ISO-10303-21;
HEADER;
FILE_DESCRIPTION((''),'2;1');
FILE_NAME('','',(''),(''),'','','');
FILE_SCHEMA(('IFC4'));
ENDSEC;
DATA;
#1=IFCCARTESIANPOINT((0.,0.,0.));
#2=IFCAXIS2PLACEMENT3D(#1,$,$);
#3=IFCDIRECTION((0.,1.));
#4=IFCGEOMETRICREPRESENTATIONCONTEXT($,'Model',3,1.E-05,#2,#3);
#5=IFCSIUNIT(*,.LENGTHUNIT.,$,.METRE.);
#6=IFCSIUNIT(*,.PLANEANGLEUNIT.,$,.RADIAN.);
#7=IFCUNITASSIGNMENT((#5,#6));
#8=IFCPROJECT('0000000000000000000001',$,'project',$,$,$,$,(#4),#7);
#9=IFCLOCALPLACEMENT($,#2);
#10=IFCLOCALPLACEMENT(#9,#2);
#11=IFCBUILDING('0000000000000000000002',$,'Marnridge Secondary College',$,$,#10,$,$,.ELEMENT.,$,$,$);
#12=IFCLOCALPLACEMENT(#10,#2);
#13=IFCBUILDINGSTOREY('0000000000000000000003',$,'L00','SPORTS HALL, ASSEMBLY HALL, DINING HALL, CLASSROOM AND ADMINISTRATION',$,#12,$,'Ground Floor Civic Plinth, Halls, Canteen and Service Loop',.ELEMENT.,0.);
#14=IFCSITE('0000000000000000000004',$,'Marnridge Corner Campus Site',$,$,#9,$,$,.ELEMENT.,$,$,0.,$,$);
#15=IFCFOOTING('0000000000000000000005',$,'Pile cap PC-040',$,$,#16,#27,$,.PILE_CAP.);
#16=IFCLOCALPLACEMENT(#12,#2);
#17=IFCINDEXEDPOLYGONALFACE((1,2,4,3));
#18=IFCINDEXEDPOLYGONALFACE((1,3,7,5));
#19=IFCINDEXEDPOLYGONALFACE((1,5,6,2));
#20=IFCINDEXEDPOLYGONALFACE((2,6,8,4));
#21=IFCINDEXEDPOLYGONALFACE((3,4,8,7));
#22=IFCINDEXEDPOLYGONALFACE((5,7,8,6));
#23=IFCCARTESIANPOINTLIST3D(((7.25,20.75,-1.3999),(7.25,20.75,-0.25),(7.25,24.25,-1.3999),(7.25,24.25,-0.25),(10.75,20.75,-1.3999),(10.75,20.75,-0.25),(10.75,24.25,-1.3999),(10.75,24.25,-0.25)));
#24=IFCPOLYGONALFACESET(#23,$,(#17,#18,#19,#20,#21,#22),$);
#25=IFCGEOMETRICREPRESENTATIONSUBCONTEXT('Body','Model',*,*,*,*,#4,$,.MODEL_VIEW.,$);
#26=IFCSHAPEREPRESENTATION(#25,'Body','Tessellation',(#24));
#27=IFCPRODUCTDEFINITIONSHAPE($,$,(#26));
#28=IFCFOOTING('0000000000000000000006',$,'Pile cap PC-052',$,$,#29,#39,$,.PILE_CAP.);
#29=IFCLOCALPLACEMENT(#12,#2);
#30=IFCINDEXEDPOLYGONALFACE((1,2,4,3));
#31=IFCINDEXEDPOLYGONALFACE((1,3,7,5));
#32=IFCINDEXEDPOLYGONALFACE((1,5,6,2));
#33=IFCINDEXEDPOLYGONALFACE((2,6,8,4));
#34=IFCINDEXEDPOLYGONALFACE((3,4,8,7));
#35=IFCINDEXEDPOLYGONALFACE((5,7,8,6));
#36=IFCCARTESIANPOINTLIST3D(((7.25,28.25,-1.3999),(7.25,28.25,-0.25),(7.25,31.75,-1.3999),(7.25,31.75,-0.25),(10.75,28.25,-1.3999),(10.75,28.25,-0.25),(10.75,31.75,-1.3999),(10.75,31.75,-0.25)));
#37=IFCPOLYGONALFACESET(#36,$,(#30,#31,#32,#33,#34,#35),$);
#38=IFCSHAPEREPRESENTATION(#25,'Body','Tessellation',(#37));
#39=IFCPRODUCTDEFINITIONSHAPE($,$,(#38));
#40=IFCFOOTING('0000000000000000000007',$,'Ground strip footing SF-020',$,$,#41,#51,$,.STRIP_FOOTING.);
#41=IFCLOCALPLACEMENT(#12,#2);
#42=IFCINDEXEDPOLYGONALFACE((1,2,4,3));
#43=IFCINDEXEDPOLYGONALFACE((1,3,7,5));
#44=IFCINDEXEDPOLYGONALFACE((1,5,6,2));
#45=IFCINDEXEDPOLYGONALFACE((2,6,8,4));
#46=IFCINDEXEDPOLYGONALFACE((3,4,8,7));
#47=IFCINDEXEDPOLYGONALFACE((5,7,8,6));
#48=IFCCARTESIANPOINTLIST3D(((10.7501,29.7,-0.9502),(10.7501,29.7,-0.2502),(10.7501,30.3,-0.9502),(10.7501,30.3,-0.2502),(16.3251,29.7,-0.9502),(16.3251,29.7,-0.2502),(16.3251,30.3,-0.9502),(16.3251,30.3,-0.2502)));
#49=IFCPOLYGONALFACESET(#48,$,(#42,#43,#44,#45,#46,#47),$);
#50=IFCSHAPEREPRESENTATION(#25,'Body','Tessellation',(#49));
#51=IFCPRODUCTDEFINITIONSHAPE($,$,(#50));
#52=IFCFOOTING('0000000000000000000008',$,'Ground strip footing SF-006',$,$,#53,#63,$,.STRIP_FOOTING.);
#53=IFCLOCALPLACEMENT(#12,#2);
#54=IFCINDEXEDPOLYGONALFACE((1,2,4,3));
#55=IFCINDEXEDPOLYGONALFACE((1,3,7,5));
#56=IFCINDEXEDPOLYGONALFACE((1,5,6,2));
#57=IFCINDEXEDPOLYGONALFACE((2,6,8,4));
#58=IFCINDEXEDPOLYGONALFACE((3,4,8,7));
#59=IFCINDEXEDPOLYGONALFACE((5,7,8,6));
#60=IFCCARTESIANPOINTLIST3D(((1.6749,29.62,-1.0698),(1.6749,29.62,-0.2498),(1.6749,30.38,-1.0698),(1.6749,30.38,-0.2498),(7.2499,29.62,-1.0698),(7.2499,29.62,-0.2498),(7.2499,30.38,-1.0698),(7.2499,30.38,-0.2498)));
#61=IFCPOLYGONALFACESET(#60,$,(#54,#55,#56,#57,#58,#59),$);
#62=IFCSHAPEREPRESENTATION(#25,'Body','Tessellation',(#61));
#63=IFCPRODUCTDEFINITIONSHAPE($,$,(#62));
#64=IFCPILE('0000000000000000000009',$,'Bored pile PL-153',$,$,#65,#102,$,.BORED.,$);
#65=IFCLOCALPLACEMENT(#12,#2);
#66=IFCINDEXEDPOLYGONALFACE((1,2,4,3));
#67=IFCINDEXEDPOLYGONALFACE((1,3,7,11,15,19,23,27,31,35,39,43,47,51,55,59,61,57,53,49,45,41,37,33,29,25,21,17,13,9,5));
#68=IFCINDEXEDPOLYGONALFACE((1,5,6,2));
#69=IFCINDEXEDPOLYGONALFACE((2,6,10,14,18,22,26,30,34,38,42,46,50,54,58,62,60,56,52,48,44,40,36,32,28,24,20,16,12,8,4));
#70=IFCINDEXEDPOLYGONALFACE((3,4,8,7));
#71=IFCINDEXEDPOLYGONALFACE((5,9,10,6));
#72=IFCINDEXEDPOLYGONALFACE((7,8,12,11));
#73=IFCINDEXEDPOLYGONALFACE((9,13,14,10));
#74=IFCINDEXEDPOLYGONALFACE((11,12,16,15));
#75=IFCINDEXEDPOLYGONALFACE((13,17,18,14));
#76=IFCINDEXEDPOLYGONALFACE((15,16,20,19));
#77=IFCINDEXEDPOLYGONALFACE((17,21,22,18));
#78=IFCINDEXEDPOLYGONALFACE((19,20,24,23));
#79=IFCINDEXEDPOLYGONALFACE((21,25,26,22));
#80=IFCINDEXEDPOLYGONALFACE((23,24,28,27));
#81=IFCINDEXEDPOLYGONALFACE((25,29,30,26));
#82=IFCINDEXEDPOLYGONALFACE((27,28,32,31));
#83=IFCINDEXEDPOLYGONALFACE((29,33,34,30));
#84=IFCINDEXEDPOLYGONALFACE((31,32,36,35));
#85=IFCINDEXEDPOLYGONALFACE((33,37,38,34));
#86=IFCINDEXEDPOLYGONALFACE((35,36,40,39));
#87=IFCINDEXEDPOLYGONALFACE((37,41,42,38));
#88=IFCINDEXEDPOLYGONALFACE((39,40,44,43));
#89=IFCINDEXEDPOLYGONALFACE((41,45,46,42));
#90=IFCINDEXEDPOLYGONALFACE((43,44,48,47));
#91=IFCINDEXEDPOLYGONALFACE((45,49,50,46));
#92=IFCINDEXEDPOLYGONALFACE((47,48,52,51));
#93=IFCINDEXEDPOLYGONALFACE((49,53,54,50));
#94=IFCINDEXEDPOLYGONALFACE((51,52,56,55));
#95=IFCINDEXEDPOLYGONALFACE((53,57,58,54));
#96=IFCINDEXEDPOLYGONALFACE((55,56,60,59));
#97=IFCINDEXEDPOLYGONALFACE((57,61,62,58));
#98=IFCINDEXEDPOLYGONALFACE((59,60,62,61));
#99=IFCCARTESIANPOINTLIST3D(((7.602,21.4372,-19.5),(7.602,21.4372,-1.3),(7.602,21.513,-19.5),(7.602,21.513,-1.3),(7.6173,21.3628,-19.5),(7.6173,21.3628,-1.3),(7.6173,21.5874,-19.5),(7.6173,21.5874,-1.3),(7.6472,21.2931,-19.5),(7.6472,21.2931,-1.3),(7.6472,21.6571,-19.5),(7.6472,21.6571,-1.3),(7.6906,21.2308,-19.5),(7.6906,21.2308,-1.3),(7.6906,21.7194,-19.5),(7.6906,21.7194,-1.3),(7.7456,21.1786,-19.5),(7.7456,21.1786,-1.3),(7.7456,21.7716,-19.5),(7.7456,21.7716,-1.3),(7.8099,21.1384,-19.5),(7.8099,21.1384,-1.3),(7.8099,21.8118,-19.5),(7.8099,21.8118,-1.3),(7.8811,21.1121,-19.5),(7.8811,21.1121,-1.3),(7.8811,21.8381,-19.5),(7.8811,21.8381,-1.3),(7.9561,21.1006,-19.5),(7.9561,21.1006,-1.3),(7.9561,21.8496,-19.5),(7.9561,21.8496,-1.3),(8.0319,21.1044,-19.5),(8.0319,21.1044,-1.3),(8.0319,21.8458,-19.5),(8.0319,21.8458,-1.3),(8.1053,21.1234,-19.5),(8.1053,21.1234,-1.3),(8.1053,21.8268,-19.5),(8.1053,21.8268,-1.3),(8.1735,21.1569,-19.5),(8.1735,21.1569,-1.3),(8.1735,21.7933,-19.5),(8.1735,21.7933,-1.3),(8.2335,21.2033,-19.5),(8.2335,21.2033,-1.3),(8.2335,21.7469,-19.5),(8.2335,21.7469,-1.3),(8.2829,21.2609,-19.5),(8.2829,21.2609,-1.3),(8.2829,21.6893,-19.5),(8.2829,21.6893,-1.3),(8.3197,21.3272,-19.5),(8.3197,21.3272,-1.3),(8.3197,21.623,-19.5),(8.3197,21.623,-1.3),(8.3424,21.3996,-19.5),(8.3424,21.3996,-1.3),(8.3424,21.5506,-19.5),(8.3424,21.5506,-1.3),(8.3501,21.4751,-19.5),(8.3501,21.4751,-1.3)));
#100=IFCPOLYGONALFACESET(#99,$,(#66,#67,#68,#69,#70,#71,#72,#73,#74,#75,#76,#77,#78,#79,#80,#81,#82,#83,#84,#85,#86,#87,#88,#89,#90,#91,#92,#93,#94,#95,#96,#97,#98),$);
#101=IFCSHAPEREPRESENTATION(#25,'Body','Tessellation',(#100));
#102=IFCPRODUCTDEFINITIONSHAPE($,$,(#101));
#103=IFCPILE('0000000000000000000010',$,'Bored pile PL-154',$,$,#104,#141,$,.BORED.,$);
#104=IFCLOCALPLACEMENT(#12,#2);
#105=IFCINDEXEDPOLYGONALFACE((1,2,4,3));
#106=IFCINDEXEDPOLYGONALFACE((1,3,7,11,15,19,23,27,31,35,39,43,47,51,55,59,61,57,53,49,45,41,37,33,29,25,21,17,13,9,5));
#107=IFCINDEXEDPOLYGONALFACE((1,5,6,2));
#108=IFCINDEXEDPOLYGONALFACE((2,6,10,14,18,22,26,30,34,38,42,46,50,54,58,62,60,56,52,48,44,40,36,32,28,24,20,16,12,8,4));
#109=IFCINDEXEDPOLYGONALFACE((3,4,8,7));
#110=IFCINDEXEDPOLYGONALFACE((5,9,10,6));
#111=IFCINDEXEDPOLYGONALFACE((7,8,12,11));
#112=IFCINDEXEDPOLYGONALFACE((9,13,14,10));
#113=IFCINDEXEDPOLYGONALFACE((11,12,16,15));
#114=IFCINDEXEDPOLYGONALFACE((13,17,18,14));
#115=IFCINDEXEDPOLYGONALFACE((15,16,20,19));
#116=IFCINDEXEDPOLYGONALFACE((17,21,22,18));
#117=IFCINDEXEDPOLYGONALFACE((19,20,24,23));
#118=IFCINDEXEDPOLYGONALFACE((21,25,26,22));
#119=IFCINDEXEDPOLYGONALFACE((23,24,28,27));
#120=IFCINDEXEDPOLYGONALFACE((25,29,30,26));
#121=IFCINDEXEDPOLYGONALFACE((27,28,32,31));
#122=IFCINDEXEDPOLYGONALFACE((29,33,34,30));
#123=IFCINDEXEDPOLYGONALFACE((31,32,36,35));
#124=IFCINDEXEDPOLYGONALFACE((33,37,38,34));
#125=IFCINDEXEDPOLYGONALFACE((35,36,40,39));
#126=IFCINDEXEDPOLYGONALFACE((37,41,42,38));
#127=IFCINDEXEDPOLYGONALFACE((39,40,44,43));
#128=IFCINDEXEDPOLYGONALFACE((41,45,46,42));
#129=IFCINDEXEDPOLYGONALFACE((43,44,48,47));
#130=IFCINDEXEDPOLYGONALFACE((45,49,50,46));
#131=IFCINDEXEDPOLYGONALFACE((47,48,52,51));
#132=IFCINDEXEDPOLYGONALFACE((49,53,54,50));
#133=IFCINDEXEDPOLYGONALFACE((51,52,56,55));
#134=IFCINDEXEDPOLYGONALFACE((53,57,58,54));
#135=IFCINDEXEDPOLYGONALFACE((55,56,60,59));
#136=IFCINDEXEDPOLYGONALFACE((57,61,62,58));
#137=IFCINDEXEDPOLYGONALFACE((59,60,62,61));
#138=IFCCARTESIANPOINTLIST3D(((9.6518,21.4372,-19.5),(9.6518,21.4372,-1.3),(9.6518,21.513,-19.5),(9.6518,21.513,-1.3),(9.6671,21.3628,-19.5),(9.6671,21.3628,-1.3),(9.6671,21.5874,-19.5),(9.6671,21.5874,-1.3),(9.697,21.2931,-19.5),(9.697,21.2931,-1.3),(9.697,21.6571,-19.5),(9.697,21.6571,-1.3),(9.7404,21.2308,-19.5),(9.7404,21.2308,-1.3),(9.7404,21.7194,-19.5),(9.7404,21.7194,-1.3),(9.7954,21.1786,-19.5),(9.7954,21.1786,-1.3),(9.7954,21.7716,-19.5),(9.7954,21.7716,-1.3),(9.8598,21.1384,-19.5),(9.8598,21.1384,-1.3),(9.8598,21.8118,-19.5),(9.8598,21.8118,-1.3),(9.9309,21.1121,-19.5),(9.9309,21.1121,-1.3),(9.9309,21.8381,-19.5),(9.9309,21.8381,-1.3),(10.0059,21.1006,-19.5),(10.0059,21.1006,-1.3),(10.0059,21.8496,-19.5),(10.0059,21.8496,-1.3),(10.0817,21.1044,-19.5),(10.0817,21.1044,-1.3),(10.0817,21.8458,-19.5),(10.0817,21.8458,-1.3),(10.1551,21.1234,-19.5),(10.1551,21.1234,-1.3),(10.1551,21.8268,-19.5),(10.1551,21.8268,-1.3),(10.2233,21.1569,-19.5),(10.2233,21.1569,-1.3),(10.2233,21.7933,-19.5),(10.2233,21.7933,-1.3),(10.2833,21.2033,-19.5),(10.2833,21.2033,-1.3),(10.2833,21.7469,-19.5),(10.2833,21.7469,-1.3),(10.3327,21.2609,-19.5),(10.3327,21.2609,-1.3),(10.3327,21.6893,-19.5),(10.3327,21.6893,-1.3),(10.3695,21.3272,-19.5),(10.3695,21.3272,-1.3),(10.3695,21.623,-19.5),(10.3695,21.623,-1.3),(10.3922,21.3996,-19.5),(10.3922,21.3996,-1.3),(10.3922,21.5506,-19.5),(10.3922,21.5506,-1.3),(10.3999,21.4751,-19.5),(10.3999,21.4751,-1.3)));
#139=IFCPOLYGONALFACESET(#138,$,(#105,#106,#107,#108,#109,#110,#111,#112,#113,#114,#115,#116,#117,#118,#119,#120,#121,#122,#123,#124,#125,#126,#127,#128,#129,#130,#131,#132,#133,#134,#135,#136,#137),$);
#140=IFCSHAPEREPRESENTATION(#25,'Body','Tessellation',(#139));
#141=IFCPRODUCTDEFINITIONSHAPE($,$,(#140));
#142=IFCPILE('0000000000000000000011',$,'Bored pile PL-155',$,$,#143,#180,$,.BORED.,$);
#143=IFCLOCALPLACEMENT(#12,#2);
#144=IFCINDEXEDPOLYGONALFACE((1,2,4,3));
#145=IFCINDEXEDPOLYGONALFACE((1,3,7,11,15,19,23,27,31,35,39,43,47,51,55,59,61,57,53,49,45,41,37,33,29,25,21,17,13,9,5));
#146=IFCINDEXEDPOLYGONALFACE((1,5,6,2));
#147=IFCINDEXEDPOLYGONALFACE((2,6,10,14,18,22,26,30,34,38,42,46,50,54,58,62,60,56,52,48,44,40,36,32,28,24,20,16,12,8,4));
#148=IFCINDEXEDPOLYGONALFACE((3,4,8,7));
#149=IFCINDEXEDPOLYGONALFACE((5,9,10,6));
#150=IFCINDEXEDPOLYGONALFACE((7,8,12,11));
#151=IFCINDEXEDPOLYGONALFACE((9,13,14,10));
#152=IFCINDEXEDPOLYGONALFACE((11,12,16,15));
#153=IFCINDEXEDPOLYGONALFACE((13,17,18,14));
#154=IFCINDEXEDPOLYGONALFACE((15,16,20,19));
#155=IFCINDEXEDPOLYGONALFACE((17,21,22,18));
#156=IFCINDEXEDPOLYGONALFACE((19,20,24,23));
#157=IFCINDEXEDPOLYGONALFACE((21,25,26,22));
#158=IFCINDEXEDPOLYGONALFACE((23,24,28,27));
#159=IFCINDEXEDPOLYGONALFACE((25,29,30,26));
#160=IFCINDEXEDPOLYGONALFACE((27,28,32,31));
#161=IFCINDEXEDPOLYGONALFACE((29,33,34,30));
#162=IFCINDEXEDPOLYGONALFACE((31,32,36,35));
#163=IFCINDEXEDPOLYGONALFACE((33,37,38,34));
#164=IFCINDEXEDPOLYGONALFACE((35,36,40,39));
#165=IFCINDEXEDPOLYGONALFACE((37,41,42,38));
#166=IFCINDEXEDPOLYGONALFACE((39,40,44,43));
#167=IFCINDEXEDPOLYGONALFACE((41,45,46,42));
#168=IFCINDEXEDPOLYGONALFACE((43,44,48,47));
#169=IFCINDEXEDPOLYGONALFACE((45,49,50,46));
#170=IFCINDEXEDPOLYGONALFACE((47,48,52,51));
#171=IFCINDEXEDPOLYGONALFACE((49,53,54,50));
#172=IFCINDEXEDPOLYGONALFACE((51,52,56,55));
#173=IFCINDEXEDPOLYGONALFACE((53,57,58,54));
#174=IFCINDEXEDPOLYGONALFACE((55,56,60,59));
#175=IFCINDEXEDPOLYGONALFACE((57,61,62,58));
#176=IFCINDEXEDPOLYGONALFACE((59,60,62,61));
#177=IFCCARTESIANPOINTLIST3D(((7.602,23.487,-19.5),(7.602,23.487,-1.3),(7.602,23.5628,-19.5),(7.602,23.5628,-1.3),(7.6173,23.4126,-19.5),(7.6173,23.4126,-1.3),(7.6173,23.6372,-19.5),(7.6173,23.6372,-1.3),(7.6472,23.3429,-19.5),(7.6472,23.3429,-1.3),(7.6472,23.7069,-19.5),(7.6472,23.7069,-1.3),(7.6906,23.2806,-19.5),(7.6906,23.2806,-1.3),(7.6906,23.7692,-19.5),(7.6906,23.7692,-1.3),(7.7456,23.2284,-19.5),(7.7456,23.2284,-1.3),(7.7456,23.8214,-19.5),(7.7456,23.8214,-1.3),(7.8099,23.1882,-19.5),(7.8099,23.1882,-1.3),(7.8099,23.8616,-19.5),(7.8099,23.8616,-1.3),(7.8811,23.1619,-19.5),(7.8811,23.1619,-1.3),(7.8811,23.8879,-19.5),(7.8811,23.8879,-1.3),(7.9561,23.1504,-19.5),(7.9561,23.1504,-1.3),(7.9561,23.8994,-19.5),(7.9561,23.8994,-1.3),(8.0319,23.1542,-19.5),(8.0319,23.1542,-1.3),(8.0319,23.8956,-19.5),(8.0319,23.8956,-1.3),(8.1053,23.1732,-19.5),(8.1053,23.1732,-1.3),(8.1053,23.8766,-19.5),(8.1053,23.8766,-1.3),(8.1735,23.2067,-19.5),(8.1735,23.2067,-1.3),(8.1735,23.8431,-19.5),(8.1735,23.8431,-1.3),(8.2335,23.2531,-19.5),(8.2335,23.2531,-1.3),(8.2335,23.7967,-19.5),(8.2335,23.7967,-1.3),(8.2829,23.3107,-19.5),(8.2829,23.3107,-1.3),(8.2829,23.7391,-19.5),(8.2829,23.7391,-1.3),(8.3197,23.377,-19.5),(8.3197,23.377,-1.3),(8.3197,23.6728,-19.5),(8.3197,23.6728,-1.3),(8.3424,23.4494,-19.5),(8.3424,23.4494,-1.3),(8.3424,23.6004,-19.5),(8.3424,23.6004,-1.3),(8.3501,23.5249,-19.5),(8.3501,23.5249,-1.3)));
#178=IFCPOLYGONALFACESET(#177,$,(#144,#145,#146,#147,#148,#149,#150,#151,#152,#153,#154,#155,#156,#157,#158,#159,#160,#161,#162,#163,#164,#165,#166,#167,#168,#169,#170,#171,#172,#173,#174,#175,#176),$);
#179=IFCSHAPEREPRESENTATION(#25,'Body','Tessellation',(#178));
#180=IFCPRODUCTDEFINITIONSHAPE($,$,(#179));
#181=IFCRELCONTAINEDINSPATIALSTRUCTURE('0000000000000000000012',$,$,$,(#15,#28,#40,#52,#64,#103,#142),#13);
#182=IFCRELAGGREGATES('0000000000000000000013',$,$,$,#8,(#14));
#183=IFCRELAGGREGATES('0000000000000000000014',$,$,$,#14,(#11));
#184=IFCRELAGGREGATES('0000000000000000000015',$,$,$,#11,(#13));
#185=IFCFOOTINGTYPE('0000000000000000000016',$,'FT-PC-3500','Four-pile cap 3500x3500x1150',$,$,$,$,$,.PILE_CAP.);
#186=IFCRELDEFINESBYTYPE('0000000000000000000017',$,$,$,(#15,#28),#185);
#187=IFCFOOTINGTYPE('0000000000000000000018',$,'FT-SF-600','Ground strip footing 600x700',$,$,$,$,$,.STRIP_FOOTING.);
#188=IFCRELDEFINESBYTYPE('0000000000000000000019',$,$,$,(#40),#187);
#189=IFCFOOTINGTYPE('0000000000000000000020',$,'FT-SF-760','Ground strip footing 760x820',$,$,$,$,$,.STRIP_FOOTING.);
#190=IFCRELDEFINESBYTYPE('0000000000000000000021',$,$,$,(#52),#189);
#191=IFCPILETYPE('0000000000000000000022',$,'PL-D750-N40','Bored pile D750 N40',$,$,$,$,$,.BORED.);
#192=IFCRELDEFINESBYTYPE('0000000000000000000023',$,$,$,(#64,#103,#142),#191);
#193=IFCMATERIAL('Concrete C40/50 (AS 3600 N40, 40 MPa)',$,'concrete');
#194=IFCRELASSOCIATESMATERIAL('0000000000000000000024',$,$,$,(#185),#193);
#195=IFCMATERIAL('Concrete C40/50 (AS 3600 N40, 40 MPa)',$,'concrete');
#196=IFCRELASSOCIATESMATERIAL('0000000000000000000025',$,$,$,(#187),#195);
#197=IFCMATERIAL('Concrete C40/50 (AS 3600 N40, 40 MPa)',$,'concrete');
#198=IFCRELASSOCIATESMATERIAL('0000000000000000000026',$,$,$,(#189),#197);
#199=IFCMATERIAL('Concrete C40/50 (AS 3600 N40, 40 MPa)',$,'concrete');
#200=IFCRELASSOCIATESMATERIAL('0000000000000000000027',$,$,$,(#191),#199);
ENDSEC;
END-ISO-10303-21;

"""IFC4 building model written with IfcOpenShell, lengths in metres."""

from ifc_helpers import new_model, si_unit, direction, frame, origin, origin_2d, place, context, subcontext, project, spatial, rectangle, circle, extrude, material, material_profile, profile_set, type_object, element, save


model = new_model("IFC4")

# Units and contexts
model_context = context("Model", 3, precision=1e-05, world=origin(), true_north=direction((0.0, 1.0)))
body_context = subcontext(model_context, "Body", "Model", "MODEL_VIEW")
ifc_project = project(units=[si_unit("LENGTHUNIT", "METRE"), si_unit("PLANEANGLEUNIT", "RADIAN")], contexts=[model_context])

# Site, building, storey
site_placement = place(None, origin())
site = spatial("IfcSite", under=ifc_project, at=site_placement, Name="Marnridge Corner Campus Site", CompositionType="ELEMENT", RefElevation=0.0)
building_placement = place(site_placement, origin())
building = spatial("IfcBuilding", under=site, at=building_placement, Name="Marnridge Secondary College", CompositionType="ELEMENT")
storey_placement = place(building_placement, origin())
storey = spatial("IfcBuildingStorey", under=building, at=storey_placement, Name="L00", Description="SPORTS HALL, ASSEMBLY HALL, DINING HALL, CLASSROOM AND ADMINISTRATION", LongName="Ground Floor Civic Plinth, Halls, Canteen and Service Loop", CompositionType="ELEMENT", Elevation=0.0)

# Footings
ifc_material_1 = material(Name="Concrete C40/50 (AS 3600 N40, 40 MPa)", Category="concrete")
footing_type_1 = type_object("IfcFootingType", Name="FT-PC-3500", Description="Four-pile cap 3500x3500x1150", PredefinedType="PILE_CAP", material=ifc_material_1)
for number, where, z_axis, x_axis, name in (
    (1, (9.0, 22.5, -1.3999), (0.0, 0.0, 1.0), (1.0, 0.0, 0.0), "Pile cap PC-040"),
    (2, (9.0, 30.0, -1.3999), (0.0, 0.0, 1.0), (1.0, 0.0, 0.0), "Pile cap PC-052"),
):
    element("IfcFooting", number, at=place(storey_placement, frame(where, z_axis=z_axis, x_axis=x_axis)), inside=storey, type_object=footing_type_1, Name=name, PredefinedType="PILE_CAP", context=body_context, shape_type="SweptSolid", body=[
        extrude(rectangle(XDim=3.5, YDim=3.5, at=origin_2d()), origin(), (0.0, 0.0, 1.0), 1.1499),
    ])
ifc_material_2 = material(Name="Concrete C40/50 (AS 3600 N40, 40 MPa)", Category="concrete")
footing_type_2 = type_object("IfcFootingType", Name="FT-SF-600", Description="Ground strip footing 600x700", PredefinedType="STRIP_FOOTING", material=ifc_material_2)
footing_1_placement = place(storey_placement, frame((13.5376, 30.0, -0.9502), z_axis=(0.0, 0.0, 1.0), x_axis=(1.0, 0.0, 0.0)))
element("IfcFooting", 3, at=footing_1_placement, inside=storey, type_object=footing_type_2, Name="Ground strip footing SF-020", PredefinedType="STRIP_FOOTING", context=body_context, shape_type="SweptSolid", body=[
    extrude(rectangle(XDim=5.575, YDim=0.6001, at=origin_2d()), origin(), (0.0, 0.0, 1.0), 0.7),
])
ifc_material_3 = material(Name="Concrete C40/50 (AS 3600 N40, 40 MPa)", Category="concrete")
footing_type_3 = type_object("IfcFootingType", Name="FT-SF-760", Description="Ground strip footing 760x820", PredefinedType="STRIP_FOOTING", material=ifc_material_3)
footing_2_placement = place(storey_placement, frame((4.4624, 30.0, -1.0698), z_axis=(0.0, 0.0, 1.0), x_axis=(1.0, 0.0, 0.0)))
element("IfcFooting", 4, at=footing_2_placement, inside=storey, type_object=footing_type_3, Name="Ground strip footing SF-006", PredefinedType="STRIP_FOOTING", context=body_context, shape_type="SweptSolid", body=[
    extrude(rectangle(XDim=5.575, YDim=0.76, at=origin_2d()), origin(), (0.0, 0.0, 1.0), 0.8201),
])

# Piles
ifc_material_4 = material(Name="Concrete C40/50 (AS 3600 N40, 40 MPa)", Category="concrete")
ifc_material_profile_1 = material_profile(ifc_material_4, circle(Radius=0.375, at=origin_2d()), Name="PILE D750")
ifc_profile_set_1 = profile_set([ifc_material_profile_1], Name="Concrete C40/50 (AS 3600 N40, 40 MPa)")
pile_type = type_object("IfcPileType", Name="PL-D750-N40", Description="Bored pile D750 N40", PredefinedType="BORED", material=ifc_profile_set_1)
for number, where, z_axis, x_axis, name in (
    (5, (7.9751, 21.4751, -1.3), (0.0, 0.0, -1.0), (1.0, 0.0, 0.0), "Bored pile PL-153"),
    (6, (10.0249, 21.4751, -1.3), (0.0, 0.0, -1.0), (1.0, 0.0, 0.0), "Bored pile PL-154"),
    (7, (7.9751, 23.5249, -1.3), (0.0, 0.0, -1.0), (1.0, 0.0, 0.0), "Bored pile PL-155"),
):
    element("IfcPile", number, at=place(storey_placement, frame(where, z_axis=z_axis, x_axis=x_axis)), inside=storey, type_object=pile_type, Name=name, PredefinedType="BORED", context=body_context, shape_type="SweptSolid", body=[
        extrude(circle(Radius=0.375, at=origin_2d()), origin(), (0.0, 0.0, 1.0), 18.2),
    ])

save(model, "model.ifc")
